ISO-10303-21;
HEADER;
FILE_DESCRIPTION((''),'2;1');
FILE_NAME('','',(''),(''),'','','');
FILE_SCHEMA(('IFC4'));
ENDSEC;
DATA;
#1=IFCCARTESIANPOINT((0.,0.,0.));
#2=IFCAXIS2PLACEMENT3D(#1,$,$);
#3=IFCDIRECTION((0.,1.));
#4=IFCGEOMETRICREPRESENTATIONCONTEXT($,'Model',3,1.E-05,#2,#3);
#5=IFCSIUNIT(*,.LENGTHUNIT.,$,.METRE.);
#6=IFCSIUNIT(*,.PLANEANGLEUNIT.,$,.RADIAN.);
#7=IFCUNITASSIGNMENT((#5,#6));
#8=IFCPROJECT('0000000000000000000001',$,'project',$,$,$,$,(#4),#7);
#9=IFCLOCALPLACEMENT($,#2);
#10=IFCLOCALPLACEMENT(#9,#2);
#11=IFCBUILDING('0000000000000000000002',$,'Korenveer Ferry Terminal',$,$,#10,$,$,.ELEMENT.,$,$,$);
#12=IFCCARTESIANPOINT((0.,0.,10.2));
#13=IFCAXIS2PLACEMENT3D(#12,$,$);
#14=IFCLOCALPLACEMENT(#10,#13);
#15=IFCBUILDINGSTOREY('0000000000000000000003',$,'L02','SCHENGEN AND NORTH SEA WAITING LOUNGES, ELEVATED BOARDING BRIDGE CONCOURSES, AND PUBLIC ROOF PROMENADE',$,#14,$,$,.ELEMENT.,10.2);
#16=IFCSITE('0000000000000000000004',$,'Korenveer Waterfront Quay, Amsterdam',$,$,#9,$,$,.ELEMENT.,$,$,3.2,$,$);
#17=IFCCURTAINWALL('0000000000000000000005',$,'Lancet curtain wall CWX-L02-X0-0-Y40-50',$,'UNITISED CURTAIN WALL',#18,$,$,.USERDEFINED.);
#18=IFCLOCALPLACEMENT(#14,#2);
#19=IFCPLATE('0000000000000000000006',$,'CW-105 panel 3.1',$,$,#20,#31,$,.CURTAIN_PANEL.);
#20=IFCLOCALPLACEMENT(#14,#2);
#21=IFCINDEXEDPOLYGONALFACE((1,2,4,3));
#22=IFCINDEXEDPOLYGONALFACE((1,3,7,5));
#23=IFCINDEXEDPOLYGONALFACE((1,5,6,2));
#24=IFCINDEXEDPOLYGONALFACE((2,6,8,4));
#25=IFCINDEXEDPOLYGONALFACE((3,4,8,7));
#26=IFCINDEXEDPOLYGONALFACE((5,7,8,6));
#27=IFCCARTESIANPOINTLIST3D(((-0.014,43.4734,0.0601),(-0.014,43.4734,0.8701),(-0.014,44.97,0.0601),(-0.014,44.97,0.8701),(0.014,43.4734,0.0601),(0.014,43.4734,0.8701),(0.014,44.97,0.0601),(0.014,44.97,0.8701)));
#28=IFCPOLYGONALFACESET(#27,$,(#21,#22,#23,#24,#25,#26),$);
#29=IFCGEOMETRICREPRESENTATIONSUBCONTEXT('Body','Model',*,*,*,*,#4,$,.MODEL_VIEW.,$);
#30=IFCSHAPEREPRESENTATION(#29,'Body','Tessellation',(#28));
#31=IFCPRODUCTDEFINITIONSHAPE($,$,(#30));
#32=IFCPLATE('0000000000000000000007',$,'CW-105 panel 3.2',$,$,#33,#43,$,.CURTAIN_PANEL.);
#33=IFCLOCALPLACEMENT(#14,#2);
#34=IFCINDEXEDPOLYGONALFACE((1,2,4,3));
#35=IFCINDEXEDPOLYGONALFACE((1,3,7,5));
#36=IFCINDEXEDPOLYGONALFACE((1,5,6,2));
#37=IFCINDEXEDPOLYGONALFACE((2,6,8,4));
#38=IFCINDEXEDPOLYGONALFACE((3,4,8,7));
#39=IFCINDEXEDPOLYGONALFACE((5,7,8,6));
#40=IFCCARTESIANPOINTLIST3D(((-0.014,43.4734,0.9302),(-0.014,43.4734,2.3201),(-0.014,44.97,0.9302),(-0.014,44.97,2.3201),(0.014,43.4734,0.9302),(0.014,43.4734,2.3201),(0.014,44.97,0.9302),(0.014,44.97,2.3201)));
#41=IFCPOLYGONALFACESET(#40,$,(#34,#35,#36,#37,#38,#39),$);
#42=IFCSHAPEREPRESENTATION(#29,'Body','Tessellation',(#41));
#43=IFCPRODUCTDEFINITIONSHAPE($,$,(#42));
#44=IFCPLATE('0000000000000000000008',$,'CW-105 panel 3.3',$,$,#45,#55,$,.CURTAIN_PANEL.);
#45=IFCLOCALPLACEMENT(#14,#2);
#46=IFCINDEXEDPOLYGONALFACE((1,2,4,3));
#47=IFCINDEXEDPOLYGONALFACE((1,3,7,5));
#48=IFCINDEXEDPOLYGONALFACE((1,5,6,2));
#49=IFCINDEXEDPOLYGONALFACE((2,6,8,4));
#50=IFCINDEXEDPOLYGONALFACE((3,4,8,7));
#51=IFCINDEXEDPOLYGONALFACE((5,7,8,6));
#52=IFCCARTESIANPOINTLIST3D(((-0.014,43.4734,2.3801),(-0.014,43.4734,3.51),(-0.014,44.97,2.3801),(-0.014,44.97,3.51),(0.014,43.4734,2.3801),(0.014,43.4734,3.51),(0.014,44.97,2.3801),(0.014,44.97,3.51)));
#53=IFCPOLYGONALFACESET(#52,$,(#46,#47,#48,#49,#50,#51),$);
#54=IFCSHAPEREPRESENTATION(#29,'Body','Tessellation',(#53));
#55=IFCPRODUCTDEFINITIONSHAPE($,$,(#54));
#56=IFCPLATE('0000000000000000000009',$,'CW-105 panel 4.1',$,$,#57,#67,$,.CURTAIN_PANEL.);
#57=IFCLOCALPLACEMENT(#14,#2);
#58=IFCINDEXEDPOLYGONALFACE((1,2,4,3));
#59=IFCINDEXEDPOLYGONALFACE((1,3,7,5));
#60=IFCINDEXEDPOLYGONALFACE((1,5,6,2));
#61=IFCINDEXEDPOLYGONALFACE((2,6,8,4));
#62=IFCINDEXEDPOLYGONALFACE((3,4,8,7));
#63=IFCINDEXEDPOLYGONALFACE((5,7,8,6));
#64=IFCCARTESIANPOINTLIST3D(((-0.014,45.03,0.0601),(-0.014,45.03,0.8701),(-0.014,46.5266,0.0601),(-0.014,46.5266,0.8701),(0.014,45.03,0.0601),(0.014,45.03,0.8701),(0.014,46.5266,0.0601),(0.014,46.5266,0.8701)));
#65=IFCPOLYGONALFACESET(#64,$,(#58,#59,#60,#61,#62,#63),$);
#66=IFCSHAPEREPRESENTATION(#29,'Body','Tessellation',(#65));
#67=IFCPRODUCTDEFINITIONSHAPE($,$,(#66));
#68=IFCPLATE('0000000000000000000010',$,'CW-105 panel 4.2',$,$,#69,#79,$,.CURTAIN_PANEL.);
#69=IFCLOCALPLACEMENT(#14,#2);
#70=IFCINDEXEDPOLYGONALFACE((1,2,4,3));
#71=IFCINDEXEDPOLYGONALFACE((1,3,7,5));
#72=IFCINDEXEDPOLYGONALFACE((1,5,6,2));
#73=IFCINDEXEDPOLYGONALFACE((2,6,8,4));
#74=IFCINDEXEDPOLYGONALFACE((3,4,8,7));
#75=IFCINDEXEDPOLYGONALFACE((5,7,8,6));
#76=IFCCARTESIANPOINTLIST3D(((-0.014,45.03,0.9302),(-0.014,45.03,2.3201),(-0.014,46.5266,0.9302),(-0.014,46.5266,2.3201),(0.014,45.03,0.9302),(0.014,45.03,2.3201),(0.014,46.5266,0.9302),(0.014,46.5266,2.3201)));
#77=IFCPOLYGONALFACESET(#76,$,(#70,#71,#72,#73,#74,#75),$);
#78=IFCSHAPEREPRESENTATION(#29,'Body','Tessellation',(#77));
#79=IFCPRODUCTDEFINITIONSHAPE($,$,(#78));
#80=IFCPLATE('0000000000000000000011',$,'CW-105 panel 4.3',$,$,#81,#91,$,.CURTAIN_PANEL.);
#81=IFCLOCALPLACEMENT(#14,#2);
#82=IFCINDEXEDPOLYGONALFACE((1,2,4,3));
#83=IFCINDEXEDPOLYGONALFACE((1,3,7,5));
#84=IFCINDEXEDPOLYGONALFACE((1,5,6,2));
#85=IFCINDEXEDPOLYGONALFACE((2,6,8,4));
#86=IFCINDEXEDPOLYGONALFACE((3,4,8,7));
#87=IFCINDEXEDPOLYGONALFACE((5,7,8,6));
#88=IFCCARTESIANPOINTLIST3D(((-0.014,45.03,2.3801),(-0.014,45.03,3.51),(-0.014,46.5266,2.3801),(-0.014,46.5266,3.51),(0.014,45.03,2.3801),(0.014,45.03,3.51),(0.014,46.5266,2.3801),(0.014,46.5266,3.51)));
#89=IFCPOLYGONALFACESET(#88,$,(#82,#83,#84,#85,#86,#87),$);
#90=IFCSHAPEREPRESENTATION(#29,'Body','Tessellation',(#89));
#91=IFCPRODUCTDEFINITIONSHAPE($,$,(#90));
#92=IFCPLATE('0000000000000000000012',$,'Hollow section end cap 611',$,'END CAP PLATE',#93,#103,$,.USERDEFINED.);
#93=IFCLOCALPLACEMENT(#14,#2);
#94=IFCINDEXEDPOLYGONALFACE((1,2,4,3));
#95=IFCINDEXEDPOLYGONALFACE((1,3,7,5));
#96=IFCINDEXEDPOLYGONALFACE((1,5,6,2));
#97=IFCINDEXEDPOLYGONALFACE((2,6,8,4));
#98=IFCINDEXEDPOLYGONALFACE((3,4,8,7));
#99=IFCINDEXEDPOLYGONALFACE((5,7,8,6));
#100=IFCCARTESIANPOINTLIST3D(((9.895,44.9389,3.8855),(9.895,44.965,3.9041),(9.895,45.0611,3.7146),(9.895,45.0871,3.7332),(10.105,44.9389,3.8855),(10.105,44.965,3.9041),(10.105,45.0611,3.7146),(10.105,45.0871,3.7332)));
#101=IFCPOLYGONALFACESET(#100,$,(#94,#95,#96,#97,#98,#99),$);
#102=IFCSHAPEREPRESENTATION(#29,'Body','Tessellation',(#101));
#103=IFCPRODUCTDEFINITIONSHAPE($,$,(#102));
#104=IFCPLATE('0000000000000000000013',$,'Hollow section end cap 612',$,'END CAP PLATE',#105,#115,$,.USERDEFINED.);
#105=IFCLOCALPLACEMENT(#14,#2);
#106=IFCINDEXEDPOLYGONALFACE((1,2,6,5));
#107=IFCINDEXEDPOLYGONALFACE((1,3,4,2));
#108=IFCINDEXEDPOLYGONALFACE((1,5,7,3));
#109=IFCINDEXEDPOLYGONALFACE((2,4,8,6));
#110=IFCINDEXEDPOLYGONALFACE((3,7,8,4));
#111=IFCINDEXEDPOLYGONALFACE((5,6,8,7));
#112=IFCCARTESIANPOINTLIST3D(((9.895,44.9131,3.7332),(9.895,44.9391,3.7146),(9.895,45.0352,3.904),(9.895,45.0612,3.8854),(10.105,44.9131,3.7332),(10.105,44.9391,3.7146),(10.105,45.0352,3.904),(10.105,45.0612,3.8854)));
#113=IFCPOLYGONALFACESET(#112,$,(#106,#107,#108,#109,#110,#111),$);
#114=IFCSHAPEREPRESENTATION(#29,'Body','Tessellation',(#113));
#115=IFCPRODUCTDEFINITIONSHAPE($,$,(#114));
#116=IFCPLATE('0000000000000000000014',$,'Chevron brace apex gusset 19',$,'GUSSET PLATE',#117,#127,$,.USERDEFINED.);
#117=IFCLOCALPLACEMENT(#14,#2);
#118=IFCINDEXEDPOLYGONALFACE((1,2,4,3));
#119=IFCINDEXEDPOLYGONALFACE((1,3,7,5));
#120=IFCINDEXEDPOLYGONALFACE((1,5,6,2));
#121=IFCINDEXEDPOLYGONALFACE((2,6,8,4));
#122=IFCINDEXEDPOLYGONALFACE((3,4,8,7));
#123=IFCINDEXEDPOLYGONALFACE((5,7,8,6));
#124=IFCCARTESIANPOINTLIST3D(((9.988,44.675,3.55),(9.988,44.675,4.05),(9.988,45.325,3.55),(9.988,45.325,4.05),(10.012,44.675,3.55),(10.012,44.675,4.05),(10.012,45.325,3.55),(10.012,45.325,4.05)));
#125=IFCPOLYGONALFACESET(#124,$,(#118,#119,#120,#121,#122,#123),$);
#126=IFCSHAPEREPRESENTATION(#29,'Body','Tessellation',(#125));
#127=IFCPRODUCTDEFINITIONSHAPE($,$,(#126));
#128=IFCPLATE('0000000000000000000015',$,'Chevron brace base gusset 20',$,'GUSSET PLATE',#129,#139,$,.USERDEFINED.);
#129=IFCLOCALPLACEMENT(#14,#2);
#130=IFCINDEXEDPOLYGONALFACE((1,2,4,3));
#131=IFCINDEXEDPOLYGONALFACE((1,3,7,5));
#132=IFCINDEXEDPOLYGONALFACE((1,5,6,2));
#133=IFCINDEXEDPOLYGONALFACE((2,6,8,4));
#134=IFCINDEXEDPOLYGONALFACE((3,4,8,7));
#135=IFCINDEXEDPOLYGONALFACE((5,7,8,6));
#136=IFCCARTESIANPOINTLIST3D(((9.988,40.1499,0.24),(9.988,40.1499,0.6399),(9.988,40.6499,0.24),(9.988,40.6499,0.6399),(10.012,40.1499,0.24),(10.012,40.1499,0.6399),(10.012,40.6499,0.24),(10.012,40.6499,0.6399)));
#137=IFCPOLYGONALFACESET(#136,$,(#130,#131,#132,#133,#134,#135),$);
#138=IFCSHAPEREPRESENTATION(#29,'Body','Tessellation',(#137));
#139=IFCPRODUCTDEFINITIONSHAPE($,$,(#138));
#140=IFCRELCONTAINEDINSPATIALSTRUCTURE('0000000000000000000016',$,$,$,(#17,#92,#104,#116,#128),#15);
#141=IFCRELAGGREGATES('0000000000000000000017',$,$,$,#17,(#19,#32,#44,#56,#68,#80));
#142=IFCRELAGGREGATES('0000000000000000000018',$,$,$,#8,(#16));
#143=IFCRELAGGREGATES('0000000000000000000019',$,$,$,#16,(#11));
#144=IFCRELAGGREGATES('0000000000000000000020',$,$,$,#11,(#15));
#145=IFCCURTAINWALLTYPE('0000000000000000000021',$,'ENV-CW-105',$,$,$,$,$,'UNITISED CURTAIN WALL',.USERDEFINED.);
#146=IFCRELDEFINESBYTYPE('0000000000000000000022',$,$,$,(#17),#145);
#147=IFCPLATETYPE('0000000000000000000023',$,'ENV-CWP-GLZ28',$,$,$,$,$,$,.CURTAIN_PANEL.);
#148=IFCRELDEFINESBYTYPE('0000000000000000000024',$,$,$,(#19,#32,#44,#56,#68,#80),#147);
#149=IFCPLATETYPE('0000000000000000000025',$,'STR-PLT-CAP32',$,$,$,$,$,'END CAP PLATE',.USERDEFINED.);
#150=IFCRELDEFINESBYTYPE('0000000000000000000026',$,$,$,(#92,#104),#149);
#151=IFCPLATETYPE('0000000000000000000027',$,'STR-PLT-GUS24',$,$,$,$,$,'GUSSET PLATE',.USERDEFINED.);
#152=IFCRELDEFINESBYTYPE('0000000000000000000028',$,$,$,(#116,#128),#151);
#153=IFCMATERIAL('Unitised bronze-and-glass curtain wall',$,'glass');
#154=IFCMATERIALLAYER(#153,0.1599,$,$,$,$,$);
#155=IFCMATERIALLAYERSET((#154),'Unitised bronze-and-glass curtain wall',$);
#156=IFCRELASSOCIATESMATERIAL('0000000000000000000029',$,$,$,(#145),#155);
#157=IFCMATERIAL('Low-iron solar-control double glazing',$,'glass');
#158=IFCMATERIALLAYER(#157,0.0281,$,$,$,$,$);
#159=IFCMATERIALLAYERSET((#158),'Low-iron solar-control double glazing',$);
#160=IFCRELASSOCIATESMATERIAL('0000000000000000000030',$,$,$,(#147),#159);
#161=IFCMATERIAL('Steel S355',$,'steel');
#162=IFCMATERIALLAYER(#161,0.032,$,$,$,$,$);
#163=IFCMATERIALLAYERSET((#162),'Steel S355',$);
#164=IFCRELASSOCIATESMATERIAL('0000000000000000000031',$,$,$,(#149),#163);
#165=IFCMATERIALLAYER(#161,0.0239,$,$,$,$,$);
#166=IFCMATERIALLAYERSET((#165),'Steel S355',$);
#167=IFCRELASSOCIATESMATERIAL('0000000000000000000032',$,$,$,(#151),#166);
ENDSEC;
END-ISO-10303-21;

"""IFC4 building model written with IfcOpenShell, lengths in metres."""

from ifc_helpers import new_model, si_unit, direction, frame, origin, origin_2d, place, context, subcontext, project, spatial, rectangle, extrude, material, layer, layer_set, type_object, element, aggregate, save


model = new_model("IFC4")

# Units and contexts
model_context = context("Model", 3, precision=1e-05, world=origin(), true_north=direction((0.0, 1.0)))
body_context = subcontext(model_context, "Body", "Model", "MODEL_VIEW")
ifc_project = project(units=[si_unit("LENGTHUNIT", "METRE"), si_unit("PLANEANGLEUNIT", "RADIAN")], contexts=[model_context])

# Site, building, storey
site_placement = place(None, origin())
site = spatial("IfcSite", under=ifc_project, at=site_placement, Name="Korenveer Waterfront Quay, Amsterdam", CompositionType="ELEMENT", RefElevation=3.2)
building_placement = place(site_placement, origin())
building = spatial("IfcBuilding", under=site, at=building_placement, Name="Korenveer Ferry Terminal", CompositionType="ELEMENT")
storey_placement = place(building_placement, frame((0.0, 0.0, 10.2)))
storey = spatial("IfcBuildingStorey", under=building, at=storey_placement, Name="L02", Description="SCHENGEN AND NORTH SEA WAITING LOUNGES, ELEVATED BOARDING BRIDGE CONCOURSES, AND PUBLIC ROOF PROMENADE", CompositionType="ELEMENT", Elevation=10.2)

# Curtain wall
ifc_material_1 = material(Name="Unitised bronze-and-glass curtain wall", Category="glass")
ifc_layer_1 = layer(ifc_material_1, 0.1599)
ifc_layer_set_1 = layer_set([ifc_layer_1], Name="Unitised bronze-and-glass curtain wall")
curtain_wall_type = type_object("IfcCurtainWallType", Name="ENV-CW-105", ElementType="UNITISED CURTAIN WALL", PredefinedType="USERDEFINED", material=ifc_layer_set_1)
curtain_wall_placement = place(storey_placement, frame((0.0, 40.3301, 0.0)))
curtain_wall = element("IfcCurtainWall", 1, at=curtain_wall_placement, inside=storey, type_object=curtain_wall_type, Name="Lancet curtain wall CWX-L02-X0-0-Y40-50", ObjectType="UNITISED CURTAIN WALL", PredefinedType="USERDEFINED")

# Shared definitions
ifc_material_2 = material(Name="Steel S355", Category="steel")

# Plates
ifc_material_3 = material(Name="Low-iron solar-control double glazing", Category="glass")
ifc_layer_2 = layer(ifc_material_3, 0.0281)
ifc_layer_set_2 = layer_set([ifc_layer_2], Name="Low-iron solar-control double glazing")
plate_type_1 = type_object("IfcPlateType", Name="ENV-CWP-GLZ28", PredefinedType="CURTAIN_PANEL", material=ifc_layer_set_2)
plate_1_placement = place(storey_placement, frame((0.0, 44.2217, 0.0601), z_axis=(0.0, 0.0, 1.0), x_axis=(0.0, 1.0, 0.0)))
plate_1 = element("IfcPlate", 2, at=plate_1_placement, type_object=plate_type_1, Name="CW-105 panel 3.1", PredefinedType="CURTAIN_PANEL", context=body_context, shape_type="SweptSolid", body=[
    extrude(rectangle(XDim=1.4966, YDim=0.0281, at=origin_2d()), origin(), (0.0, 0.0, 1.0), 0.8101),
])
plate_2_placement = place(storey_placement, frame((0.0, 44.2217, 0.9302), z_axis=(0.0, 0.0, 1.0), x_axis=(0.0, 1.0, 0.0)))
plate_2 = element("IfcPlate", 3, at=plate_2_placement, type_object=plate_type_1, Name="CW-105 panel 3.2", PredefinedType="CURTAIN_PANEL", context=body_context, shape_type="SweptSolid", body=[
    extrude(rectangle(XDim=1.4966, YDim=0.0281, at=origin_2d()), origin(), (0.0, 0.0, 1.0), 1.3899),
])
plate_3_placement = place(storey_placement, frame((0.0, 44.2217, 2.3801), z_axis=(0.0, 0.0, 1.0), x_axis=(0.0, 1.0, 0.0)))
plate_3 = element("IfcPlate", 4, at=plate_3_placement, type_object=plate_type_1, Name="CW-105 panel 3.3", PredefinedType="CURTAIN_PANEL", context=body_context, shape_type="SweptSolid", body=[
    extrude(rectangle(XDim=1.4966, YDim=0.0281, at=origin_2d()), origin(), (0.0, 0.0, 1.0), 1.1299),
])
plate_4_placement = place(storey_placement, frame((0.0, 45.7783, 0.0601), z_axis=(0.0, 0.0, 1.0), x_axis=(0.0, 1.0, 0.0)))
plate_4 = element("IfcPlate", 5, at=plate_4_placement, type_object=plate_type_1, Name="CW-105 panel 4.1", PredefinedType="CURTAIN_PANEL", context=body_context, shape_type="SweptSolid", body=[
    extrude(rectangle(XDim=1.4966, YDim=0.0281, at=origin_2d()), origin(), (0.0, 0.0, 1.0), 0.8101),
])
plate_5_placement = place(storey_placement, frame((0.0, 45.7783, 0.9302), z_axis=(0.0, 0.0, 1.0), x_axis=(0.0, 1.0, 0.0)))
plate_5 = element("IfcPlate", 6, at=plate_5_placement, type_object=plate_type_1, Name="CW-105 panel 4.2", PredefinedType="CURTAIN_PANEL", context=body_context, shape_type="SweptSolid", body=[
    extrude(rectangle(XDim=1.4966, YDim=0.0281, at=origin_2d()), origin(), (0.0, 0.0, 1.0), 1.3899),
])
plate_6_placement = place(storey_placement, frame((0.0, 45.7783, 2.3801), z_axis=(0.0, 0.0, 1.0), x_axis=(0.0, 1.0, 0.0)))
plate_6 = element("IfcPlate", 7, at=plate_6_placement, type_object=plate_type_1, Name="CW-105 panel 4.3", PredefinedType="CURTAIN_PANEL", context=body_context, shape_type="SweptSolid", body=[
    extrude(rectangle(XDim=1.4966, YDim=0.0281, at=origin_2d()), origin(), (0.0, 0.0, 1.0), 1.1299),
])
aggregate(curtain_wall, [plate_1, plate_2, plate_3, plate_4, plate_5, plate_6])

# Plates
ifc_layer_3 = layer(ifc_material_2, 0.032)
ifc_layer_set_3 = layer_set([ifc_layer_3], Name="Steel S355")
plate_type_2 = type_object("IfcPlateType", Name="STR-PLT-CAP32", ElementType="END CAP PLATE", PredefinedType="USERDEFINED", material=ifc_layer_set_3)
for number, where, z_axis, x_axis, name in (
    (8, (10.0, 45.0, 3.8), (0.0, 0.813513, 0.581547), (-1.0, 0.0, 0.0), "Hollow section end cap 611"),
    (9, (10.0, 44.9741, 3.8186), (0.0, 0.813513, -0.581547), (-1.0, 0.0, 0.0), "Hollow section end cap 612"),
):
    element("IfcPlate", number, at=place(storey_placement, frame(where, z_axis=z_axis, x_axis=x_axis)), inside=storey, type_object=plate_type_2, Name=name, ObjectType="END CAP PLATE", PredefinedType="USERDEFINED", context=body_context, shape_type="SweptSolid", body=[
        extrude(rectangle(XDim=0.21, YDim=0.21, at=origin_2d()), origin(), (0.0, 0.0, 1.0), 0.032),
    ])
ifc_layer_4 = layer(ifc_material_2, 0.0239)
ifc_layer_set_4 = layer_set([ifc_layer_4], Name="Steel S355")
plate_type_3 = type_object("IfcPlateType", Name="STR-PLT-GUS24", ElementType="GUSSET PLATE", PredefinedType="USERDEFINED", material=ifc_layer_set_4)
plate_7_placement = place(storey_placement, frame((10.0, 45.0, 3.55), z_axis=(0.0, 0.0, 1.0), x_axis=(1.0, 0.0, 0.0)))
element("IfcPlate", 10, at=plate_7_placement, inside=storey, type_object=plate_type_3, Name="Chevron brace apex gusset 19", ObjectType="GUSSET PLATE", PredefinedType="USERDEFINED", context=body_context, shape_type="SweptSolid", body=[
    extrude(rectangle(XDim=0.0239, YDim=0.6499, at=origin_2d()), origin(), (0.0, 0.0, 1.0), 0.5),
])
plate_8_placement = place(storey_placement, frame((10.0, 40.3999, 0.24), z_axis=(0.0, 0.0, 1.0), x_axis=(1.0, 0.0, 0.0)))
element("IfcPlate", 11, at=plate_8_placement, inside=storey, type_object=plate_type_3, Name="Chevron brace base gusset 20", ObjectType="GUSSET PLATE", PredefinedType="USERDEFINED", context=body_context, shape_type="SweptSolid", body=[
    extrude(rectangle(XDim=0.0239, YDim=0.5, at=origin_2d()), origin(), (0.0, 0.0, 1.0), 0.3999),
])

save(model, "model.ifc")
